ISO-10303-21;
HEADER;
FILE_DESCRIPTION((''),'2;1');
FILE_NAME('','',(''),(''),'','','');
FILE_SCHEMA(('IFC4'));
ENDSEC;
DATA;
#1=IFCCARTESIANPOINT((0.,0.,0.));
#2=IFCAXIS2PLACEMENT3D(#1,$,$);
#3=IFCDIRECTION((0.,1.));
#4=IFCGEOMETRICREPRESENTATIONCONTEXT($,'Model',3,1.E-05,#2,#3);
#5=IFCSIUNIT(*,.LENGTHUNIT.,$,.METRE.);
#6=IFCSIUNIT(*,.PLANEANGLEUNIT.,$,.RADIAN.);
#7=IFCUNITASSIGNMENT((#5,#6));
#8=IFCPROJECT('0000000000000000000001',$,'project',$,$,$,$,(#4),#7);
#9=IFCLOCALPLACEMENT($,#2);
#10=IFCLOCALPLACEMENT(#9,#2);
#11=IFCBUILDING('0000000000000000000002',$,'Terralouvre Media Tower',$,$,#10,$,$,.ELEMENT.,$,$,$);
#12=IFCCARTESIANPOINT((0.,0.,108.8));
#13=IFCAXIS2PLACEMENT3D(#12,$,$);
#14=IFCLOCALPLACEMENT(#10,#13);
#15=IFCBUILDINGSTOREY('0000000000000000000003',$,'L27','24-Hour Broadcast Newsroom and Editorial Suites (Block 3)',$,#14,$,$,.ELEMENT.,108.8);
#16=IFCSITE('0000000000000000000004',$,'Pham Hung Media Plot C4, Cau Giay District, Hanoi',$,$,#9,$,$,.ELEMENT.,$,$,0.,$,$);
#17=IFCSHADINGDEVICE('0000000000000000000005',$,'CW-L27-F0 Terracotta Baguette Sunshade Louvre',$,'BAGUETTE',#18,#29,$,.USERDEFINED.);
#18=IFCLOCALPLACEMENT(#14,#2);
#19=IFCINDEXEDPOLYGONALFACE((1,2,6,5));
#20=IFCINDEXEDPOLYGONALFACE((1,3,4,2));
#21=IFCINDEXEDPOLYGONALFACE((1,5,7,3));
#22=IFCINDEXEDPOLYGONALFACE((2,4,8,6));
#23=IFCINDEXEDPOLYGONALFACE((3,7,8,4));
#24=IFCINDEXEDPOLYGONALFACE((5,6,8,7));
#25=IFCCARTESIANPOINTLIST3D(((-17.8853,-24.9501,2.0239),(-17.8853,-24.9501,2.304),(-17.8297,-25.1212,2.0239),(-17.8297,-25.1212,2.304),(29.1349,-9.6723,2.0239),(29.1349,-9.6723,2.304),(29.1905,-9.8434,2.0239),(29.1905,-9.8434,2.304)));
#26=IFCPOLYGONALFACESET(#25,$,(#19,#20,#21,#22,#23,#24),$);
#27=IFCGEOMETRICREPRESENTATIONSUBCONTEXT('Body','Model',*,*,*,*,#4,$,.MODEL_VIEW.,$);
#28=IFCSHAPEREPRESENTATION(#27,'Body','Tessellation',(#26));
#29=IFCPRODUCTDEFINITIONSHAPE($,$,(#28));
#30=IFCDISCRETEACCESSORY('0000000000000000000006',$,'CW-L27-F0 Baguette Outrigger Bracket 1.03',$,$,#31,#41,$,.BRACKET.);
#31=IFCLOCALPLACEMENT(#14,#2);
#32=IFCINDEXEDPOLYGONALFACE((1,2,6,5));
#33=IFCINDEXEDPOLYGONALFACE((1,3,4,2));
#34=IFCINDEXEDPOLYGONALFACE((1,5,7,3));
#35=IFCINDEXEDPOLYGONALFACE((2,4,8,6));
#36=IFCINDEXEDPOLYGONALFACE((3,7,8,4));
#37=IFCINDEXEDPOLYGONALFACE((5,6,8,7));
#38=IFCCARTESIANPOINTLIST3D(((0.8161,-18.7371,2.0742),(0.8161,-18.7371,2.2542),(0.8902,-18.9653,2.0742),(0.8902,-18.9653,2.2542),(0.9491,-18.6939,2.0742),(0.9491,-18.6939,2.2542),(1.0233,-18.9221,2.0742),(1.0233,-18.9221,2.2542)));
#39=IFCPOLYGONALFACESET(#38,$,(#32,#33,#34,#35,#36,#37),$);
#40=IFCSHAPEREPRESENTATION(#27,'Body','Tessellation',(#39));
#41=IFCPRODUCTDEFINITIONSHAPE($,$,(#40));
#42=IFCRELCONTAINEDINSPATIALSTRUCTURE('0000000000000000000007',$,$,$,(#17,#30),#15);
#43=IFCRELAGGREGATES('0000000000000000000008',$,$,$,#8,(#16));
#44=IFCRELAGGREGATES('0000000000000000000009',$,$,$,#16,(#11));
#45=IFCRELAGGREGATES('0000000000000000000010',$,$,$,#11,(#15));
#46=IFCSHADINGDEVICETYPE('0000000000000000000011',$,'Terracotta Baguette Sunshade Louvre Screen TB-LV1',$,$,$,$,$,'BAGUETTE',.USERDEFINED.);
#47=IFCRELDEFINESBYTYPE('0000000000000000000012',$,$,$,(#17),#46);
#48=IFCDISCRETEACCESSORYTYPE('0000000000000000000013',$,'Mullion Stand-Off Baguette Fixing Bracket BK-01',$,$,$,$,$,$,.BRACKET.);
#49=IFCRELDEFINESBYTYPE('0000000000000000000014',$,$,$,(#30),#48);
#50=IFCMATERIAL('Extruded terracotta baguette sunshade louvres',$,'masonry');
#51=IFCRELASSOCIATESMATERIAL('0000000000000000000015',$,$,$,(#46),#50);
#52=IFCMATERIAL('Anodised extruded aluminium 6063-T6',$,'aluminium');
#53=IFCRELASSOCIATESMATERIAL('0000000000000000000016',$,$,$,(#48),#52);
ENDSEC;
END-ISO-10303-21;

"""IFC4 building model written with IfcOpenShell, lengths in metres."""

from ifc_helpers import new_model, si_unit, direction, frame, origin, origin_2d, place, context, subcontext, project, spatial, rectangle, extrude, material, type_object, element, save


model = new_model("IFC4")

# Units and contexts
model_context = context("Model", 3, precision=1e-05, world=origin(), true_north=direction((0.0, 1.0)))
body_context = subcontext(model_context, "Body", "Model", "MODEL_VIEW")
ifc_project = project(units=[si_unit("LENGTHUNIT", "METRE"), si_unit("PLANEANGLEUNIT", "RADIAN")], contexts=[model_context])

# Site, building, storey
site_placement = place(None, origin())
site = spatial("IfcSite", under=ifc_project, at=site_placement, Name="Pham Hung Media Plot C4, Cau Giay District, Hanoi", CompositionType="ELEMENT", RefElevation=0.0)
building_placement = place(site_placement, origin())
building = spatial("IfcBuilding", under=site, at=building_placement, Name="Terralouvre Media Tower", CompositionType="ELEMENT")
storey_placement = place(building_placement, frame((0.0, 0.0, 108.8)))
storey = spatial("IfcBuildingStorey", under=building, at=storey_placement, Name="L27", Description="24-Hour Broadcast Newsroom and Editorial Suites (Block 3)", CompositionType="ELEMENT", Elevation=108.8)

# Shading device
ifc_material_1 = material(Name="Extruded terracotta baguette sunshade louvres", Category="masonry")
shading_device_type = type_object("IfcShadingDeviceType", Name="Terracotta Baguette Sunshade Louvre Screen TB-LV1", ElementType="BAGUETTE", PredefinedType="USERDEFINED", material=ifc_material_1)
shading_device_placement = place(storey_placement, frame((5.6526, -17.3967, 2.0239), z_axis=(0.0, 0.0, 1.0), x_axis=(0.951057, 0.309017, 0.0)))
element("IfcShadingDevice", 1, at=shading_device_placement, inside=storey, type_object=shading_device_type, Name="CW-L27-F0 Terracotta Baguette Sunshade Louvre", ObjectType="BAGUETTE", PredefinedType="USERDEFINED", context=body_context, shape_type="SweptSolid", body=[
    extrude(rectangle(XDim=49.4399, YDim=0.1799, at=origin_2d()), origin(), (0.0, 0.0, 1.0), 0.28),
])

# Discrete accessory
ifc_material_2 = material(Name="Anodised extruded aluminium 6063-T6", Category="aluminium")
discrete_accessory_type = type_object("IfcDiscreteAccessoryType", Name="Mullion Stand-Off Baguette Fixing Bracket BK-01", PredefinedType="BRACKET", material=ifc_material_2)
discrete_accessory_placement = place(storey_placement, frame((0.9197, -18.8296, 2.0742), z_axis=(0.0, 0.0, 1.0), x_axis=(0.951057, 0.309017, 0.0)))
element("IfcDiscreteAccessory", 2, at=discrete_accessory_placement, inside=storey, type_object=discrete_accessory_type, Name="CW-L27-F0 Baguette Outrigger Bracket 1.03", PredefinedType="BRACKET", context=body_context, shape_type="SweptSolid", body=[
    extrude(rectangle(XDim=0.1399, YDim=0.24, at=origin_2d()), origin(), (0.0, 0.0, 1.0), 0.1799),
])

save(model, "model.ifc")
